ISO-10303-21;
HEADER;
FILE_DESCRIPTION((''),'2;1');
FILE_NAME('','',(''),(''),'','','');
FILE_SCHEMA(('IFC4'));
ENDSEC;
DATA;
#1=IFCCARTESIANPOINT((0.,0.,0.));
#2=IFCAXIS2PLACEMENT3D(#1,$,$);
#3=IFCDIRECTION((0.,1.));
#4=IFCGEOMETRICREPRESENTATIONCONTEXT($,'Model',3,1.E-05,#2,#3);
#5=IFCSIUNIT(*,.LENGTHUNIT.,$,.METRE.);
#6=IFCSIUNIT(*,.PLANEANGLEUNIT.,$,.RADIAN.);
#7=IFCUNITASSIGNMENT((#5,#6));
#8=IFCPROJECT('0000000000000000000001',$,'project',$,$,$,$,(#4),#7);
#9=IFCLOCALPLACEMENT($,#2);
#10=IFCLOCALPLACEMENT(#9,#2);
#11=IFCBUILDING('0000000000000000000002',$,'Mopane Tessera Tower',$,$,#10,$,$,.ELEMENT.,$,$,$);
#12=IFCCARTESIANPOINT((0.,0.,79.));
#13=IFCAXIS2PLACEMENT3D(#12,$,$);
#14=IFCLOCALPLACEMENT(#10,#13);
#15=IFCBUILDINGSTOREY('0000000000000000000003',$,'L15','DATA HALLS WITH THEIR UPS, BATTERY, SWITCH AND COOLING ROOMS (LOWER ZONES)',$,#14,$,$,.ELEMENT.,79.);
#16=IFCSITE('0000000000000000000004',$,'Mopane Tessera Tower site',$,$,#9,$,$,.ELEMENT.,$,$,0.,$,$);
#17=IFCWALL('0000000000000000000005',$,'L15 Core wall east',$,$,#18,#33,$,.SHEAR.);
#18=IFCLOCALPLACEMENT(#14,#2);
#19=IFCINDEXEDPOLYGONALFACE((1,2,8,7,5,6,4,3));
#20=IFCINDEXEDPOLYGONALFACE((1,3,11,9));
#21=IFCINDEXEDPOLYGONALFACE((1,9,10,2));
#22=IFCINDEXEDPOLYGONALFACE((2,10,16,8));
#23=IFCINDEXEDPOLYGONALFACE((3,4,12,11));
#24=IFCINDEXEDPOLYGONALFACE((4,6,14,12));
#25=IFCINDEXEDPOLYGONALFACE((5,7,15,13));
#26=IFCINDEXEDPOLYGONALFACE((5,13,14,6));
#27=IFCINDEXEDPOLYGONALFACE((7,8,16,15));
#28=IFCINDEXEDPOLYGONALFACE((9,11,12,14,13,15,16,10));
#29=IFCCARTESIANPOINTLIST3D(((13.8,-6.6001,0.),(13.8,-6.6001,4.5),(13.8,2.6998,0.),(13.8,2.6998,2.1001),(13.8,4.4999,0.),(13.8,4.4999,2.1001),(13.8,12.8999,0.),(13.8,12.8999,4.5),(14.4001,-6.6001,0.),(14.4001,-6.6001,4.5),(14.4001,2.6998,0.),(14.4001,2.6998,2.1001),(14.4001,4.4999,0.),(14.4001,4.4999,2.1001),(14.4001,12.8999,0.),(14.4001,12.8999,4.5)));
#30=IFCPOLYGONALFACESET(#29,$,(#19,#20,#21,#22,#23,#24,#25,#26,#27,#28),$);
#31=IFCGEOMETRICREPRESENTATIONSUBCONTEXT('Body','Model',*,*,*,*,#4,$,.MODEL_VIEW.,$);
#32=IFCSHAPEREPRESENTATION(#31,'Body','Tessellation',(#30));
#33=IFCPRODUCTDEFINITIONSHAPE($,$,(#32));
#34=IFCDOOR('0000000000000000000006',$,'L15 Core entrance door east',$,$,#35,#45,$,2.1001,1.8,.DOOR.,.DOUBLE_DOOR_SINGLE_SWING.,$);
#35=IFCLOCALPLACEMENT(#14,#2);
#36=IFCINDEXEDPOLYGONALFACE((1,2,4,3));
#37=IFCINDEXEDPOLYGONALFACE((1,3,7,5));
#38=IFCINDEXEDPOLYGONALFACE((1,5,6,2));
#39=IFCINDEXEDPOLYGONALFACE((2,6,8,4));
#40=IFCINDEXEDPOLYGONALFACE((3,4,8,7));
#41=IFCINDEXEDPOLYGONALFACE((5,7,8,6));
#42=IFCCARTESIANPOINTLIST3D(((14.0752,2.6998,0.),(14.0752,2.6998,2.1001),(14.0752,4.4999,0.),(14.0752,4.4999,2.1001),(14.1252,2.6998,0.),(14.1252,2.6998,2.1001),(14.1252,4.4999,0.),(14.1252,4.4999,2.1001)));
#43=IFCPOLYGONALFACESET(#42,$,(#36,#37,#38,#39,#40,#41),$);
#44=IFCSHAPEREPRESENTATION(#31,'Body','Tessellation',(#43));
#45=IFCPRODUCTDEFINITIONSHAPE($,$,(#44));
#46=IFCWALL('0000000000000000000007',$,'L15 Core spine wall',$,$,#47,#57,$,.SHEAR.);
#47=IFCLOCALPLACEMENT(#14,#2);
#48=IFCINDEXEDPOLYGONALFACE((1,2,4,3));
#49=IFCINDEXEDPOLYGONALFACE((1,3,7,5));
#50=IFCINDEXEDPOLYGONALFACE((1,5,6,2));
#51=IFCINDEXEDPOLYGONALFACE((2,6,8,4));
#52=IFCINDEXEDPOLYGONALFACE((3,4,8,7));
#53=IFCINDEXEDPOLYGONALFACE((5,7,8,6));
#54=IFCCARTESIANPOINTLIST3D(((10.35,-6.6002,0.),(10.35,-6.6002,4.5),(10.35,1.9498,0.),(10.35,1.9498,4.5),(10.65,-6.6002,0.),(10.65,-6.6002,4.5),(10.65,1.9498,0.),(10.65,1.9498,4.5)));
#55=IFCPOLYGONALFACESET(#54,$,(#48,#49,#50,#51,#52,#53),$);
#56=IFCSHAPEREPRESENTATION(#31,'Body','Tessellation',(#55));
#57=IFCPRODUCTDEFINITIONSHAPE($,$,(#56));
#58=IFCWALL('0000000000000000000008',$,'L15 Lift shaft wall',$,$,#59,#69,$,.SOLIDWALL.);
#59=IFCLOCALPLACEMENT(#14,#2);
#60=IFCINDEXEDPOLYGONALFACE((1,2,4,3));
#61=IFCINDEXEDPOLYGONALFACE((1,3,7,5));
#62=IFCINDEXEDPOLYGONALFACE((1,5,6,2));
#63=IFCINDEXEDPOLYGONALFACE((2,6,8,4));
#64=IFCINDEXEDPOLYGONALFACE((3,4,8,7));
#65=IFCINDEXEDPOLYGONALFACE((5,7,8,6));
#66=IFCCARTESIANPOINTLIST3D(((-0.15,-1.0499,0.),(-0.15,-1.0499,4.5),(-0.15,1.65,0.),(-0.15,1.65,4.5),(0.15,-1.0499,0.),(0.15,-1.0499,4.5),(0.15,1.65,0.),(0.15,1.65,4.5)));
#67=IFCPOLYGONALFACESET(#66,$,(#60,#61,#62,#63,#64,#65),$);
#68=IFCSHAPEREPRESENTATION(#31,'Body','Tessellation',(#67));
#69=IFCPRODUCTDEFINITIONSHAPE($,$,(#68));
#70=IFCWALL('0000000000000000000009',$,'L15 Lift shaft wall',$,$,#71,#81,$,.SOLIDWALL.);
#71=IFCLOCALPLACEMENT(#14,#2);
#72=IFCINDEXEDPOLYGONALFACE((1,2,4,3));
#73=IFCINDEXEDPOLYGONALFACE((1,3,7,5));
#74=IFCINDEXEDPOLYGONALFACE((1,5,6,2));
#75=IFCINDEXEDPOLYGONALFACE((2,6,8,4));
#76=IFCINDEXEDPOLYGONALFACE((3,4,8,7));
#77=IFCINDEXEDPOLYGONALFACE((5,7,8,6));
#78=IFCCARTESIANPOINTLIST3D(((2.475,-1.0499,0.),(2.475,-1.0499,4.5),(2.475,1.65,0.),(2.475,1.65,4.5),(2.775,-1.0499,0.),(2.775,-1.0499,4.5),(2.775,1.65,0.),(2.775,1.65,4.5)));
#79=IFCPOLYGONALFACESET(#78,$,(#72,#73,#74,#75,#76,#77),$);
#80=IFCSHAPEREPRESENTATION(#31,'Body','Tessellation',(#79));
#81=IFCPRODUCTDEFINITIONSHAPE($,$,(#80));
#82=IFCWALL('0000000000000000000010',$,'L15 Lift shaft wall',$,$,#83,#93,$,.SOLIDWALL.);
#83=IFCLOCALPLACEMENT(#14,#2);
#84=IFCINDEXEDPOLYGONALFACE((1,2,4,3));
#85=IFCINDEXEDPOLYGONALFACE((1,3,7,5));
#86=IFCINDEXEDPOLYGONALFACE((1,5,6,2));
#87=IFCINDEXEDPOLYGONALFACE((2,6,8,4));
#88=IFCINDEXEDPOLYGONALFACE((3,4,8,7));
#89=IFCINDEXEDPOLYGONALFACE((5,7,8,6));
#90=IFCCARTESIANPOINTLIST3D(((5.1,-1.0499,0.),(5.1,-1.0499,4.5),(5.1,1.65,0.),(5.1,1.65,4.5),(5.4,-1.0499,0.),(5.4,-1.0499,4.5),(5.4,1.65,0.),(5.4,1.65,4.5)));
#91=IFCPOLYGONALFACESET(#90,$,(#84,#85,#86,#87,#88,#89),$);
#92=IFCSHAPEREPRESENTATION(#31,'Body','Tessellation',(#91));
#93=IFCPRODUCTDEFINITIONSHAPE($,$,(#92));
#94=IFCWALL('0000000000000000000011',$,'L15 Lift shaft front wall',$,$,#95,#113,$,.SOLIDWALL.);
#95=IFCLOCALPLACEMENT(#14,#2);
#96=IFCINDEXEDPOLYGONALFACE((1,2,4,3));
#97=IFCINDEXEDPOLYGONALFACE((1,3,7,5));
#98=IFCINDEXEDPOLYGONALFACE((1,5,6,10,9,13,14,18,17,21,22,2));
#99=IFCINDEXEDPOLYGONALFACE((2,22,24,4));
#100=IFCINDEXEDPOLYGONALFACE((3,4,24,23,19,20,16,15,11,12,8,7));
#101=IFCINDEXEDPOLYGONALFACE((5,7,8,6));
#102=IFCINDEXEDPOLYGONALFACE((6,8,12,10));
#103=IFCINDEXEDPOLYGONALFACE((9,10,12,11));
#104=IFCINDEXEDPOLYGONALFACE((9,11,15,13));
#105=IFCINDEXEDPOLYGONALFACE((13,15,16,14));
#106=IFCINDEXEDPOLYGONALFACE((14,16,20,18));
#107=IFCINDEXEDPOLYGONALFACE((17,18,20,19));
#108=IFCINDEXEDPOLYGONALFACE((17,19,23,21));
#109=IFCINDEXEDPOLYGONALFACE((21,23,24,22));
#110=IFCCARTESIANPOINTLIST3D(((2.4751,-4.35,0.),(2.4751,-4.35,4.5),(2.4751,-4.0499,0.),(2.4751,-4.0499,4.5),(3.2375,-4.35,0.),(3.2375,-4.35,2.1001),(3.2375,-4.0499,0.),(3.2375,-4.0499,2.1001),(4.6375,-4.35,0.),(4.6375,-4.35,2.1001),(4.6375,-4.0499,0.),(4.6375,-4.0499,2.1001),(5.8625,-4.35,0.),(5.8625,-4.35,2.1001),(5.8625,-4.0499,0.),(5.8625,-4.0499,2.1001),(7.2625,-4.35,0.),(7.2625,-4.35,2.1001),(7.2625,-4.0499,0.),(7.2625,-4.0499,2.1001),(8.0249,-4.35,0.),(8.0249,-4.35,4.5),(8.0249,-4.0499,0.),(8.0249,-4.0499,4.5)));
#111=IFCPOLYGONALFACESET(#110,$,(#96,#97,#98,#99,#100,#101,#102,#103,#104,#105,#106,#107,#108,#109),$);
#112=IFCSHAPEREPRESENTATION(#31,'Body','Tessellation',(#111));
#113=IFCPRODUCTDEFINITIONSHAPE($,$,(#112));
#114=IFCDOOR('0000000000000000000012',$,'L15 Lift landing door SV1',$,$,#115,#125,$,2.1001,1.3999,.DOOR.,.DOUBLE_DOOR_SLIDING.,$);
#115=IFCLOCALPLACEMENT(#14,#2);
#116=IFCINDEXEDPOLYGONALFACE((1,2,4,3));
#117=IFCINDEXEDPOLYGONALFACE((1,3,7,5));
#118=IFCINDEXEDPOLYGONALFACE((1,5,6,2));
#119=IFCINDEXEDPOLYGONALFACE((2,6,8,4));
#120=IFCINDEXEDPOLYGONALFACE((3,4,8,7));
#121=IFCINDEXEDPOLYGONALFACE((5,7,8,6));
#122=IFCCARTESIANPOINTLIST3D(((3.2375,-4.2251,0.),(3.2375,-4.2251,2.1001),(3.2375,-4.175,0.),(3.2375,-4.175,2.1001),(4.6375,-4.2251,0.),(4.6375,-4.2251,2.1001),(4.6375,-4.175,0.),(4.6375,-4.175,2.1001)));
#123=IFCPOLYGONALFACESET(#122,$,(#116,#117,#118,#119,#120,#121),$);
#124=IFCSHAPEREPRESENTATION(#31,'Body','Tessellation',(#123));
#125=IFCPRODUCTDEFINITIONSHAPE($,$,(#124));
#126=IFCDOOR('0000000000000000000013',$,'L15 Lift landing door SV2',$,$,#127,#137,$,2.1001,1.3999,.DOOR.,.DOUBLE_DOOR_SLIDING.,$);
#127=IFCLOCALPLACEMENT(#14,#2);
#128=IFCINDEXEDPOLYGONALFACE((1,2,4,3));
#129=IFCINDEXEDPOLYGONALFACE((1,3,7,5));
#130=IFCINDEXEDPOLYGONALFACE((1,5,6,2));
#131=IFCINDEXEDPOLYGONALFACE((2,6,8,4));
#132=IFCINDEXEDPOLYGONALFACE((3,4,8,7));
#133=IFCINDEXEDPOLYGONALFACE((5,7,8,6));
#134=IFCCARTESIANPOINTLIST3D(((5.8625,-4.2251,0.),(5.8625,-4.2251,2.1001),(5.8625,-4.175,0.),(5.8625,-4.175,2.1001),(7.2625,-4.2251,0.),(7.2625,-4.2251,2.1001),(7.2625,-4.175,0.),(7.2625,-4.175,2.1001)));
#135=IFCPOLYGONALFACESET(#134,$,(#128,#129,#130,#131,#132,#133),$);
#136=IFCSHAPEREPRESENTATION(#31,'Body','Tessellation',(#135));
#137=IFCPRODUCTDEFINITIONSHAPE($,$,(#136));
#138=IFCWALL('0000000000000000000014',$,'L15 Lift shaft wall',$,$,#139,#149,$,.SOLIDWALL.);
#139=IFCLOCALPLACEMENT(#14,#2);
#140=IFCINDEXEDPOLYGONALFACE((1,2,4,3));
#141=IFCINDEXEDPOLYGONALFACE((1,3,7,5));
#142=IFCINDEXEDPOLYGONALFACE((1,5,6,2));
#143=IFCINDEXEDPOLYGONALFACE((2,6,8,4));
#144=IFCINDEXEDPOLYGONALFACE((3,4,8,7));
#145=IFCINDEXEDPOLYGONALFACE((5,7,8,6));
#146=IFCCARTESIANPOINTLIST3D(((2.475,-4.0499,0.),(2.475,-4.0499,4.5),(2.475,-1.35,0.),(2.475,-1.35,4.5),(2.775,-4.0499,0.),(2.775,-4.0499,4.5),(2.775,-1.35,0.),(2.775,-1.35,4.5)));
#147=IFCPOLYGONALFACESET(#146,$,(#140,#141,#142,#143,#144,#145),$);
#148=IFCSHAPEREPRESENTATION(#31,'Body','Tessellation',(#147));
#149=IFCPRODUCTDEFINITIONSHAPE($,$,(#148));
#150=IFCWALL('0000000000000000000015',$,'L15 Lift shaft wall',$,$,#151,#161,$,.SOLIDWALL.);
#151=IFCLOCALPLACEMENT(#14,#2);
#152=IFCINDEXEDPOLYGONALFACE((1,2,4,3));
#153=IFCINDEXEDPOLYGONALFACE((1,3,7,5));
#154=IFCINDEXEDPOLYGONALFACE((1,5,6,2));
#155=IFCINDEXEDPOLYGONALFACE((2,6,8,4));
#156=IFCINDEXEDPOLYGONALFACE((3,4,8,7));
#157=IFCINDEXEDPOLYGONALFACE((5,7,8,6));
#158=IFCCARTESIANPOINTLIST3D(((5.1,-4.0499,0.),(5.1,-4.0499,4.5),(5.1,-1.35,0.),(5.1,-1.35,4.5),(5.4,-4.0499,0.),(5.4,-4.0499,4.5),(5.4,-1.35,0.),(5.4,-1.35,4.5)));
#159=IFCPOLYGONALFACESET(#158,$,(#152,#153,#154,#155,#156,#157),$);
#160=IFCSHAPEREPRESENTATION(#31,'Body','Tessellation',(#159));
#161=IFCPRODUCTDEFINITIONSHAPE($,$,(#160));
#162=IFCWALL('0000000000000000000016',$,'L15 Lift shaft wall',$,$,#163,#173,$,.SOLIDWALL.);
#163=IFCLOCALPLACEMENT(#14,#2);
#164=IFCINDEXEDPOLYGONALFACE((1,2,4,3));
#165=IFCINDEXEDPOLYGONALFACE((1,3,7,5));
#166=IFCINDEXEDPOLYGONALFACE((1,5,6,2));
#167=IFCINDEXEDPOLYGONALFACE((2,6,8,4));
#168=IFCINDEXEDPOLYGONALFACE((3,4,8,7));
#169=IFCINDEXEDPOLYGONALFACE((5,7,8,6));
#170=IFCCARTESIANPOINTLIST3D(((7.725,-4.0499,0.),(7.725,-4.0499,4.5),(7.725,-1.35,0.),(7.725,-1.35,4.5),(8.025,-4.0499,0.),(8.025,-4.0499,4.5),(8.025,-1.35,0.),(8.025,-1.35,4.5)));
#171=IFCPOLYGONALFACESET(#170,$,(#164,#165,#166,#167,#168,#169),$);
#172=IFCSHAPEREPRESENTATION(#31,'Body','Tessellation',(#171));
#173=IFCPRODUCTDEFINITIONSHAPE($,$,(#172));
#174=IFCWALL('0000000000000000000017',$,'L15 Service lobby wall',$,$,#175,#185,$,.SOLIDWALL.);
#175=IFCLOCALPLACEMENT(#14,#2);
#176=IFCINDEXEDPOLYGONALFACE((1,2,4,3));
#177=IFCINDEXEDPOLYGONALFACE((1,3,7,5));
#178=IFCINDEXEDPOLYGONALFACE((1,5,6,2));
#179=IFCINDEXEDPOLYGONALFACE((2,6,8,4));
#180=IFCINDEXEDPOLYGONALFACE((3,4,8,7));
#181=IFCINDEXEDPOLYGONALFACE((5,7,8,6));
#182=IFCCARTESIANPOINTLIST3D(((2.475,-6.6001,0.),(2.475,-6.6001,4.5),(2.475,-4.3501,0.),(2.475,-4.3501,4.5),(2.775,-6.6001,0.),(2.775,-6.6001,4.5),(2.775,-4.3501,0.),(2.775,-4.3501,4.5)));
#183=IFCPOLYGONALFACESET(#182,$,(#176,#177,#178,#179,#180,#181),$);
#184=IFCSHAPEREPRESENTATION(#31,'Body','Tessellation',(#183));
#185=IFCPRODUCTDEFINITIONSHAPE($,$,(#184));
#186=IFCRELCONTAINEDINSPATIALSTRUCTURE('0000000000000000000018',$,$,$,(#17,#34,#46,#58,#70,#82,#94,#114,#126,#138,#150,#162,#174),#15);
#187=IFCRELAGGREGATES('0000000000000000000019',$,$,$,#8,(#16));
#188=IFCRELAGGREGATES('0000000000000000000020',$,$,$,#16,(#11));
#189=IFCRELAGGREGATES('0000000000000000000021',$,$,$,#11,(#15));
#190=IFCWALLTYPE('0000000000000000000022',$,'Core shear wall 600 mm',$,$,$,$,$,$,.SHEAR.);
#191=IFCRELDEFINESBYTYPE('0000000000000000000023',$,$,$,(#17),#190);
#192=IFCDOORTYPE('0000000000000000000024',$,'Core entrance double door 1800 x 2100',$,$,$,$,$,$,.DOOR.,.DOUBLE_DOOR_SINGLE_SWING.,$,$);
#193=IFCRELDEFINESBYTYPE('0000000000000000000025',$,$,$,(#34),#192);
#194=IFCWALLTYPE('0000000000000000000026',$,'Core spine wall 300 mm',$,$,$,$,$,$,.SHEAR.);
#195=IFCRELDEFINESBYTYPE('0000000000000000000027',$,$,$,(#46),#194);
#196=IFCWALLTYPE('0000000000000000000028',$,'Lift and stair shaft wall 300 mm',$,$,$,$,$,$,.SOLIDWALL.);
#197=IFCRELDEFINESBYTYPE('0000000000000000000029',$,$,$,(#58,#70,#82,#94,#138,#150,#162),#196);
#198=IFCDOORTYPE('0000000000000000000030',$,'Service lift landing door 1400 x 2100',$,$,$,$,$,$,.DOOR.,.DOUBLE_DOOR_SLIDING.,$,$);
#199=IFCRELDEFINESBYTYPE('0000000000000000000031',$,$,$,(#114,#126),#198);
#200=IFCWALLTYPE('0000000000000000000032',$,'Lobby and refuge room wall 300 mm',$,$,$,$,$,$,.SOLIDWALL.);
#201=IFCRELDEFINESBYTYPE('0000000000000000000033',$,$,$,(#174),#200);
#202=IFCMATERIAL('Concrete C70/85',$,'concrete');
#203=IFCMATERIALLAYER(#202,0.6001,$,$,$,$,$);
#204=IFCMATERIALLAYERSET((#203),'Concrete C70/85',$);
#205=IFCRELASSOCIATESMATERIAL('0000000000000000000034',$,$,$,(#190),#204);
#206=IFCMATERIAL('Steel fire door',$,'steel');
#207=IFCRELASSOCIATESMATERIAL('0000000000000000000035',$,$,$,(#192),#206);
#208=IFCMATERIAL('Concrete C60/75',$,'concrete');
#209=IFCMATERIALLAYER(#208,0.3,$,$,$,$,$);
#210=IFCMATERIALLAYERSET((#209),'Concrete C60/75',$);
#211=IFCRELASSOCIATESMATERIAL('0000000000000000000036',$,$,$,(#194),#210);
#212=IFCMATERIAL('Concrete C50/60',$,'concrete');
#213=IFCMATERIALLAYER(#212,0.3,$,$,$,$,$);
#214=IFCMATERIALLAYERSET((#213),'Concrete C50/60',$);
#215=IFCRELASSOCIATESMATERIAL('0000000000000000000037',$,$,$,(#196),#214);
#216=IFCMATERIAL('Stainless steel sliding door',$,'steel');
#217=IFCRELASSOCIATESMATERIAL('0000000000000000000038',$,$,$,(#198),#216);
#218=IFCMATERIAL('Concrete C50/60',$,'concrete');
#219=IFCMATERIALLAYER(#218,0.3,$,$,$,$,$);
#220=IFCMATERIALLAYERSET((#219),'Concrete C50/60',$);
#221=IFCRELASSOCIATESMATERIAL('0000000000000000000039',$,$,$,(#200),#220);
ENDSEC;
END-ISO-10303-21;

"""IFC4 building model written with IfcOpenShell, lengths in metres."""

from ifc_helpers import new_model, si_unit, direction, frame, frame_2d, origin, place, context, subcontext, project, spatial, rectangle, extrude, material, layer, layer_set, type_object, element, fill, save


model = new_model("IFC4")

# Units and contexts
model_context = context("Model", 3, precision=1e-05, world=origin(), true_north=direction((0.0, 1.0)))
body_context = subcontext(model_context, "Body", "Model", "MODEL_VIEW")
ifc_project = project(units=[si_unit("LENGTHUNIT", "METRE"), si_unit("PLANEANGLEUNIT", "RADIAN")], contexts=[model_context])

# Site, building, storey
site_placement = place(None, origin())
site = spatial("IfcSite", under=ifc_project, at=site_placement, Name="Mopane Tessera Tower site", CompositionType="ELEMENT", RefElevation=0.0)
building_placement = place(site_placement, origin())
building = spatial("IfcBuilding", under=site, at=building_placement, Name="Mopane Tessera Tower", CompositionType="ELEMENT")
storey_placement = place(building_placement, frame((0.0, 0.0, 79.0)))
storey = spatial("IfcBuildingStorey", under=building, at=storey_placement, Name="L15", Description="DATA HALLS WITH THEIR UPS, BATTERY, SWITCH AND COOLING ROOMS (LOWER ZONES)", CompositionType="ELEMENT", Elevation=79.0)

# Wall, opening, door
ifc_material_1 = material(Name="Concrete C70/85", Category="concrete")
ifc_layer_1 = layer(ifc_material_1, 0.6001)
ifc_layer_set_1 = layer_set([ifc_layer_1], Name="Concrete C70/85")
wall_type_1 = type_object("IfcWallType", Name="Core shear wall 600 mm", PredefinedType="SHEAR", material=ifc_layer_set_1)
wall_1_placement = place(storey_placement, frame((14.1001, -6.6001, 0.0), z_axis=(0.0, 0.0, 1.0), x_axis=(0.0, 1.0, 0.0)))
wall_1 = element("IfcWall", 1, at=wall_1_placement, inside=storey, type_object=wall_type_1, Name="L15 Core wall east", PredefinedType="SHEAR", context=body_context, shape_type="SweptSolid", body=[
    extrude(rectangle(XDim=19.5, YDim=0.6001, at=frame_2d((9.75, 0.0))), origin(), (0.0, 0.0, 1.0), 4.5),
])
opening_1_placement = place(wall_1_placement, frame((9.3, 0.0, 0.0)))
opening_1 = element("IfcOpeningElement", 2, at=opening_1_placement, cuts=wall_1, PredefinedType="OPENING", context=body_context, shape_type="SweptSolid", body=[
    extrude(rectangle(XDim=1.8, YDim=2.1001, at=frame_2d((0.8999, 1.05))), frame((0.0, 0.312, 0.0), z_axis=(0.0, -1.0, 0.0), x_axis=(1.0, 0.0, 0.0)), (0.0, 0.0, 1.0), 0.624),
])
ifc_material_2 = material(Name="Steel fire door", Category="steel")
door_type_1 = type_object("IfcDoorType", Name="Core entrance double door 1800 x 2100", OperationType="DOUBLE_DOOR_SINGLE_SWING", PredefinedType="DOOR", material=ifc_material_2)
door_1_placement = place(opening_1_placement, origin())
door_1 = element("IfcDoor", 3, at=door_1_placement, inside=storey, type_object=door_type_1, Name="L15 Core entrance door east", OperationType="DOUBLE_DOOR_SINGLE_SWING", OverallHeight=2.1001, OverallWidth=1.8, PredefinedType="DOOR", context=body_context, shape_type="SweptSolid", body=[
    extrude(rectangle(XDim=1.8, YDim=2.1001, at=frame_2d((0.8999, 1.05))), frame((0.0, 0.0249, 0.0), z_axis=(0.0, -1.0, 0.0), x_axis=(1.0, 0.0, 0.0)), (0.0, 0.0, 1.0), 0.05),
])
fill(opening_1, door_1)

# Walls
ifc_material_3 = material(Name="Concrete C60/75", Category="concrete")
ifc_layer_2 = layer(ifc_material_3, 0.3)
ifc_layer_set_2 = layer_set([ifc_layer_2], Name="Concrete C60/75")
wall_type_2 = type_object("IfcWallType", Name="Core spine wall 300 mm", PredefinedType="SHEAR", material=ifc_layer_set_2)
wall_2_placement = place(storey_placement, frame((10.5, -6.6001, 0.0), z_axis=(0.0, 0.0, 1.0), x_axis=(0.0, 1.0, 0.0)))
element("IfcWall", 4, at=wall_2_placement, inside=storey, type_object=wall_type_2, Name="L15 Core spine wall", PredefinedType="SHEAR", context=body_context, shape_type="SweptSolid", body=[
    extrude(rectangle(XDim=8.55, YDim=0.3, at=frame_2d((4.2749, 0.0))), origin(), (0.0, 0.0, 1.0), 4.5),
])
ifc_material_4 = material(Name="Concrete C50/60", Category="concrete")
ifc_layer_3 = layer(ifc_material_4, 0.3)
ifc_layer_set_3 = layer_set([ifc_layer_3], Name="Concrete C50/60")
wall_type_3 = type_object("IfcWallType", Name="Lift and stair shaft wall 300 mm", PredefinedType="SOLIDWALL", material=ifc_layer_set_3)
for number, where, z_axis, x_axis, name in (
    (5, (0.0, -1.05, 0.0), (0.0, 0.0, 1.0), (0.0, 1.0, 0.0), "L15 Lift shaft wall"),
    (6, (2.625, -1.05, 0.0), (0.0, 0.0, 1.0), (0.0, 1.0, 0.0), "L15 Lift shaft wall"),
    (7, (5.25, -1.05, 0.0), (0.0, 0.0, 1.0), (0.0, 1.0, 0.0), "L15 Lift shaft wall"),
):
    element("IfcWall", number, at=place(storey_placement, frame(where, z_axis=z_axis, x_axis=x_axis)), inside=storey, type_object=wall_type_3, Name=name, PredefinedType="SOLIDWALL", context=body_context, shape_type="SweptSolid", body=[
        extrude(rectangle(XDim=2.7, YDim=0.3, at=frame_2d((1.3501, 0.0))), origin(), (0.0, 0.0, 1.0), 4.5),
    ])

# Wall, openings, doors
wall_3_placement = place(storey_placement, frame((2.4751, -4.2, 0.0), z_axis=(0.0, 0.0, 1.0), x_axis=(1.0, 0.0, 0.0)))
wall_3 = element("IfcWall", 8, at=wall_3_placement, inside=storey, type_object=wall_type_3, Name="L15 Lift shaft front wall", PredefinedType="SOLIDWALL", context=body_context, shape_type="SweptSolid", body=[
    extrude(rectangle(XDim=5.5498, YDim=0.3, at=frame_2d((2.7749, 0.0))), origin(), (0.0, 0.0, 1.0), 4.5),
])
opening_2_placement = place(wall_3_placement, frame((0.7625, 0.0, 0.0)))
opening_2 = element("IfcOpeningElement", 9, at=opening_2_placement, cuts=wall_3, PredefinedType="OPENING", context=body_context, shape_type="SweptSolid", body=[
    extrude(rectangle(XDim=1.3999, YDim=2.1001, at=frame_2d((0.7, 1.05))), frame((0.0, 0.1621, 0.0), z_axis=(0.0, -1.0, 0.0), x_axis=(1.0, 0.0, 0.0)), (0.0, 0.0, 1.0), 0.324),
])
opening_3_placement = place(wall_3_placement, frame((3.3875, 0.0, 0.0)))
opening_3 = element("IfcOpeningElement", 10, at=opening_3_placement, cuts=wall_3, PredefinedType="OPENING", context=body_context, shape_type="SweptSolid", body=[
    extrude(rectangle(XDim=1.3999, YDim=2.1001, at=frame_2d((0.7, 1.05))), frame((0.0, 0.1621, 0.0), z_axis=(0.0, -1.0, 0.0), x_axis=(1.0, 0.0, 0.0)), (0.0, 0.0, 1.0), 0.324),
])
ifc_material_5 = material(Name="Stainless steel sliding door", Category="steel")
door_type_2 = type_object("IfcDoorType", Name="Service lift landing door 1400 x 2100", OperationType="DOUBLE_DOOR_SLIDING", PredefinedType="DOOR", material=ifc_material_5)
door_2_placement = place(opening_2_placement, origin())
door_2 = element("IfcDoor", 11, at=door_2_placement, inside=storey, type_object=door_type_2, Name="L15 Lift landing door SV1", OperationType="DOUBLE_DOOR_SLIDING", OverallHeight=2.1001, OverallWidth=1.3999, PredefinedType="DOOR", context=body_context, shape_type="SweptSolid", body=[
    extrude(rectangle(XDim=1.3999, YDim=2.1001, at=frame_2d((0.7, 1.05))), frame((0.0, 0.0249, 0.0), z_axis=(0.0, -1.0, 0.0), x_axis=(1.0, 0.0, 0.0)), (0.0, 0.0, 1.0), 0.05),
])
fill(opening_2, door_2)
door_3_placement = place(opening_3_placement, origin())
door_3 = element("IfcDoor", 12, at=door_3_placement, inside=storey, type_object=door_type_2, Name="L15 Lift landing door SV2", OperationType="DOUBLE_DOOR_SLIDING", OverallHeight=2.1001, OverallWidth=1.3999, PredefinedType="DOOR", context=body_context, shape_type="SweptSolid", body=[
    extrude(rectangle(XDim=1.3999, YDim=2.1001, at=frame_2d((0.7, 1.05))), frame((0.0, 0.0249, 0.0), z_axis=(0.0, -1.0, 0.0), x_axis=(1.0, 0.0, 0.0)), (0.0, 0.0, 1.0), 0.05),
])
fill(opening_3, door_3)

# Walls
for number, where, z_axis, x_axis, name in (
    (13, (2.625, -4.05, 0.0), (0.0, 0.0, 1.0), (0.0, 1.0, 0.0), "L15 Lift shaft wall"),
    (14, (5.25, -4.05, 0.0), (0.0, 0.0, 1.0), (0.0, 1.0, 0.0), "L15 Lift shaft wall"),
    (15, (7.875, -4.05, 0.0), (0.0, 0.0, 1.0), (0.0, 1.0, 0.0), "L15 Lift shaft wall"),
):
    element("IfcWall", number, at=place(storey_placement, frame(where, z_axis=z_axis, x_axis=x_axis)), inside=storey, type_object=wall_type_3, Name=name, PredefinedType="SOLIDWALL", context=body_context, shape_type="SweptSolid", body=[
        extrude(rectangle(XDim=2.7, YDim=0.3, at=frame_2d((1.3501, 0.0))), origin(), (0.0, 0.0, 1.0), 4.5),
    ])
ifc_material_6 = material(Name="Concrete C50/60", Category="concrete")
ifc_layer_4 = layer(ifc_material_6, 0.3)
ifc_layer_set_4 = layer_set([ifc_layer_4], Name="Concrete C50/60")
wall_type_4 = type_object("IfcWallType", Name="Lobby and refuge room wall 300 mm", PredefinedType="SOLIDWALL", material=ifc_layer_set_4)
for number, where, z_axis, x_axis, name in (
    (16, (2.625, -6.6001, 0.0), (0.0, 0.0, 1.0), (0.0, 1.0, 0.0), "L15 Service lobby wall"),
):
    element("IfcWall", number, at=place(storey_placement, frame(where, z_axis=z_axis, x_axis=x_axis)), inside=storey, type_object=wall_type_4, Name=name, PredefinedType="SOLIDWALL", context=body_context, shape_type="SweptSolid", body=[
        extrude(rectangle(XDim=2.25, YDim=0.3, at=frame_2d((1.125, 0.0))), origin(), (0.0, 0.0, 1.0), 4.5),
    ])

save(model, "model.ifc")
